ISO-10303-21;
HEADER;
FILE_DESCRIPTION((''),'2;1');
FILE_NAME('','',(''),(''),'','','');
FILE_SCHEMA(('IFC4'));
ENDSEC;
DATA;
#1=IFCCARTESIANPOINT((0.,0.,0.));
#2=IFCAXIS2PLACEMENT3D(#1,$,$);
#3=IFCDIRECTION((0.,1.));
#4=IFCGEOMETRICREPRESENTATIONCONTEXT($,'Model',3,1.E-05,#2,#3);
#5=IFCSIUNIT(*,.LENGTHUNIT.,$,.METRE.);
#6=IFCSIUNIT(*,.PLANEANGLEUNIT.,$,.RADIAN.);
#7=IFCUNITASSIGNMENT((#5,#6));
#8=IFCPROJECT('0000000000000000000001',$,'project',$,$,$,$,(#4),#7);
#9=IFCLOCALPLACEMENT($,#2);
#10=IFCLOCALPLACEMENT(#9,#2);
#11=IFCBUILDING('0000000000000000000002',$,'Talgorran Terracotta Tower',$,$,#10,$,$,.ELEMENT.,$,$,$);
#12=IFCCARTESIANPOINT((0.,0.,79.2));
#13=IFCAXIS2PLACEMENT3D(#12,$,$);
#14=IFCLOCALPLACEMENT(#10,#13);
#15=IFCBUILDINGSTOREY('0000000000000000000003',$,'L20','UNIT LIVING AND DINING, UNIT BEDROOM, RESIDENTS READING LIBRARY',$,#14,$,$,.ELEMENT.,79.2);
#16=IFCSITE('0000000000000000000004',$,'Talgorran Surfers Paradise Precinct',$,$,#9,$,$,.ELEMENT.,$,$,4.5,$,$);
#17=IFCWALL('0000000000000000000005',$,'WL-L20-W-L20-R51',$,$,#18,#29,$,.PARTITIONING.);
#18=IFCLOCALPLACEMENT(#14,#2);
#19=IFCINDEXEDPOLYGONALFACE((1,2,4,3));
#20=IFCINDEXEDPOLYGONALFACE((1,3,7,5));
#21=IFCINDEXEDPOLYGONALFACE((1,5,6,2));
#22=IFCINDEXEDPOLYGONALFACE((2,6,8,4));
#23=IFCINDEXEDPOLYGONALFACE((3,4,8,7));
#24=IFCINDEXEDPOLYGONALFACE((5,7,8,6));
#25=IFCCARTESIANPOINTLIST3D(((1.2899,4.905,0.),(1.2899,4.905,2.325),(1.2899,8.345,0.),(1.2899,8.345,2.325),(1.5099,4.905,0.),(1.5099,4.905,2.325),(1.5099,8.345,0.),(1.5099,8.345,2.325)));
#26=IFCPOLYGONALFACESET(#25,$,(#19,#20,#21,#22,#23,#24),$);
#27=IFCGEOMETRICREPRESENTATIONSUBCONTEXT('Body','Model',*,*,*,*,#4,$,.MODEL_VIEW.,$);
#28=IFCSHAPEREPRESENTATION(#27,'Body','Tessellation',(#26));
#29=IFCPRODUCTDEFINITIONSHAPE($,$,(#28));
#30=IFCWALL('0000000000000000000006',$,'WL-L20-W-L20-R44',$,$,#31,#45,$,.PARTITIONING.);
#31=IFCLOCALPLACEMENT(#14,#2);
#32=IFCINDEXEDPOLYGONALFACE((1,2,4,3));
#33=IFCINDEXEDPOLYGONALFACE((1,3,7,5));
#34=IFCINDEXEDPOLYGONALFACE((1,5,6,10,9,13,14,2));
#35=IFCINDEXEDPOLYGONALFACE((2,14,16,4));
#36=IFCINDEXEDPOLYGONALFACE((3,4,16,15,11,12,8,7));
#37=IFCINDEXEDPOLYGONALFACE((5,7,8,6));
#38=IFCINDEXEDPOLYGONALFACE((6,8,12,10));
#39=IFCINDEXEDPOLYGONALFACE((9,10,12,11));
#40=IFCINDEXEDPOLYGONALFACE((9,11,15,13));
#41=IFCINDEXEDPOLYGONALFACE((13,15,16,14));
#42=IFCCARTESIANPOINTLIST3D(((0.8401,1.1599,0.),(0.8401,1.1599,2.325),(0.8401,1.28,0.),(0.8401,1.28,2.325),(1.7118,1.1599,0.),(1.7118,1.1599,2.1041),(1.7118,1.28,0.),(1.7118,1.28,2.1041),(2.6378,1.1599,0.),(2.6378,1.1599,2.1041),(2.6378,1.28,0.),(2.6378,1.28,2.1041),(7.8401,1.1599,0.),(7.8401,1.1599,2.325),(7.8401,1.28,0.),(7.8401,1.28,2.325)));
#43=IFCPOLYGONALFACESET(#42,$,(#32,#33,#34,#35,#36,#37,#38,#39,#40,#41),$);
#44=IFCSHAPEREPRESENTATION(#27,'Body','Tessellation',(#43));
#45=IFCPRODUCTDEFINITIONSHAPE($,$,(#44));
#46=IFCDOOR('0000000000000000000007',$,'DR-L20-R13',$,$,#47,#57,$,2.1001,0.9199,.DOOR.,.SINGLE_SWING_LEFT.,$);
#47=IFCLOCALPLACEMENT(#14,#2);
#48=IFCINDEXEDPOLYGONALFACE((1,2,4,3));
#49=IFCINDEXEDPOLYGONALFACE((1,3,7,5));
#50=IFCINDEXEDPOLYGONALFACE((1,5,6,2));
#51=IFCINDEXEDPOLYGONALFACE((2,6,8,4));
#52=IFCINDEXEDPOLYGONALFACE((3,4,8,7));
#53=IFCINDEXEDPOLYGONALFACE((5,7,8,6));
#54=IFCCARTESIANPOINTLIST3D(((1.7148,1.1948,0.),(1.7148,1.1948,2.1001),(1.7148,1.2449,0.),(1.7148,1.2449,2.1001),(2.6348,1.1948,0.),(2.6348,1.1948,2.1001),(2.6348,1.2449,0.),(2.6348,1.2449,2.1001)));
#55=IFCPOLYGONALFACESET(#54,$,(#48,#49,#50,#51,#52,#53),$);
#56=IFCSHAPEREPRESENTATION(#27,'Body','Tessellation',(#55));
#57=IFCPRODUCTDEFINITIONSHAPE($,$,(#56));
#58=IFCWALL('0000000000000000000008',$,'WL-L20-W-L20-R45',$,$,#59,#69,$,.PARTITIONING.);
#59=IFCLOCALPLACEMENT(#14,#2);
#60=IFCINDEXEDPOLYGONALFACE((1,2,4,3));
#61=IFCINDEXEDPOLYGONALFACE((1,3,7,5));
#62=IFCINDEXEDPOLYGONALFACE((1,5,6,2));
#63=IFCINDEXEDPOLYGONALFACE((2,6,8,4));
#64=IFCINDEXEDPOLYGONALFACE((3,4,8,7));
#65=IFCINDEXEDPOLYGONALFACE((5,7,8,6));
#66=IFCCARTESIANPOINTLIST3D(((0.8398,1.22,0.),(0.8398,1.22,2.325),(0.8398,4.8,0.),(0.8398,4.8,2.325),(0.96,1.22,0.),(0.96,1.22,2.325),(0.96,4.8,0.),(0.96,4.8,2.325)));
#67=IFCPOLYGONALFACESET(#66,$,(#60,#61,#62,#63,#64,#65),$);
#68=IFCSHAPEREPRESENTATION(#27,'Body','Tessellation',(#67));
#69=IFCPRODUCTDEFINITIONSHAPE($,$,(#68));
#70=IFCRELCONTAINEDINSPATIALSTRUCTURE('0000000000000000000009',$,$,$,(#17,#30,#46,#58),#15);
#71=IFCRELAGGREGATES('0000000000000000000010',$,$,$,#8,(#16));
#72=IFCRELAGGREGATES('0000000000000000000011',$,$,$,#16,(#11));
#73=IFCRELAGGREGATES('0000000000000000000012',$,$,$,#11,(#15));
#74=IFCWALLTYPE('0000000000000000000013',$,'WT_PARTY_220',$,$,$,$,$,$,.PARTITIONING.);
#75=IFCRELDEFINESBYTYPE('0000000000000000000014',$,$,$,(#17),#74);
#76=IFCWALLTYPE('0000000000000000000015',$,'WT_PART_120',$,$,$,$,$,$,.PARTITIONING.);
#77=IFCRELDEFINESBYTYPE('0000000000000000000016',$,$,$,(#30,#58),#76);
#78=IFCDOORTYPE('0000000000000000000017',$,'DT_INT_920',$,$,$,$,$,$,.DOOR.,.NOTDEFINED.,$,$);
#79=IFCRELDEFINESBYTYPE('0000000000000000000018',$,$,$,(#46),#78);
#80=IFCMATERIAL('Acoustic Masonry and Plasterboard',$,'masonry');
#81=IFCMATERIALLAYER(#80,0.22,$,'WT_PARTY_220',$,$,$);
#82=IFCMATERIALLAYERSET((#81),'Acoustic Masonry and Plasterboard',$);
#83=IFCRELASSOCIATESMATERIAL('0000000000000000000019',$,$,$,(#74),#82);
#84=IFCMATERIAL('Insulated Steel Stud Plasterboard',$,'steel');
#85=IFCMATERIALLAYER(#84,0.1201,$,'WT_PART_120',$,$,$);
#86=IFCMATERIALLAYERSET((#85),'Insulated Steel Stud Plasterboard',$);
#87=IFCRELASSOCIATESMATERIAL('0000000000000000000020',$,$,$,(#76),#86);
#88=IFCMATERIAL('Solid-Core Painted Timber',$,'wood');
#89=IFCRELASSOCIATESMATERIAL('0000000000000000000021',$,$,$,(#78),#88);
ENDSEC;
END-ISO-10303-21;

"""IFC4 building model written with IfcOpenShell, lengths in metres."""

from ifc_helpers import new_model, si_unit, direction, frame, frame_2d, origin, place, context, subcontext, project, spatial, rectangle, extrude, material, layer, layer_set, type_object, element, fill, save


model = new_model("IFC4")

# Units and contexts
model_context = context("Model", 3, precision=1e-05, world=origin(), true_north=direction((0.0, 1.0)))
body_context = subcontext(model_context, "Body", "Model", "MODEL_VIEW")
ifc_project = project(units=[si_unit("LENGTHUNIT", "METRE"), si_unit("PLANEANGLEUNIT", "RADIAN")], contexts=[model_context])

# Site, building, storey
site_placement = place(None, origin())
site = spatial("IfcSite", under=ifc_project, at=site_placement, Name="Talgorran Surfers Paradise Precinct", CompositionType="ELEMENT", RefElevation=4.5)
building_placement = place(site_placement, origin())
building = spatial("IfcBuilding", under=site, at=building_placement, Name="Talgorran Terracotta Tower", CompositionType="ELEMENT")
storey_placement = place(building_placement, frame((0.0, 0.0, 79.2)))
storey = spatial("IfcBuildingStorey", under=building, at=storey_placement, Name="L20", Description="UNIT LIVING AND DINING, UNIT BEDROOM, RESIDENTS READING LIBRARY", CompositionType="ELEMENT", Elevation=79.2)

# Wall
ifc_material_1 = material(Name="Acoustic Masonry and Plasterboard", Category="masonry")
ifc_layer_1 = layer(ifc_material_1, 0.22, Name="WT_PARTY_220")
ifc_layer_set_1 = layer_set([ifc_layer_1], Name="Acoustic Masonry and Plasterboard")
wall_type_1 = type_object("IfcWallType", Name="WT_PARTY_220", PredefinedType="PARTITIONING", material=ifc_layer_set_1)
wall_1_placement = place(storey_placement, frame((1.3999, 4.905, 0.0), z_axis=(0.0, 0.0, 1.0), x_axis=(0.0, 1.0, 0.0)))
element("IfcWall", 1, at=wall_1_placement, inside=storey, type_object=wall_type_1, Name="WL-L20-W-L20-R51", PredefinedType="PARTITIONING", context=body_context, shape_type="SweptSolid", body=[
    extrude(rectangle(XDim=3.4399, YDim=0.22, at=frame_2d((1.72, 0.0))), origin(), (0.0, 0.0, 1.0), 2.325),
])

# Wall, opening, door
ifc_material_2 = material(Name="Insulated Steel Stud Plasterboard", Category="steel")
ifc_layer_2 = layer(ifc_material_2, 0.1201, Name="WT_PART_120")
ifc_layer_set_2 = layer_set([ifc_layer_2], Name="Insulated Steel Stud Plasterboard")
wall_type_2 = type_object("IfcWallType", Name="WT_PART_120", PredefinedType="PARTITIONING", material=ifc_layer_set_2)
wall_2_placement = place(storey_placement, frame((0.8401, 1.22, 0.0), z_axis=(0.0, 0.0, 1.0), x_axis=(1.0, 0.0, 0.0)))
wall_2 = element("IfcWall", 2, at=wall_2_placement, inside=storey, type_object=wall_type_2, Name="WL-L20-W-L20-R44", PredefinedType="PARTITIONING", context=body_context, shape_type="SweptSolid", body=[
    extrude(rectangle(XDim=7.0, YDim=0.1201, at=frame_2d((3.5, 0.0))), origin(), (0.0, 0.0, 1.0), 2.325),
])
opening_1_placement = place(wall_2_placement, frame((0.8748, 0.0, 0.0)))
opening_1 = element("IfcOpeningElement", 3, at=opening_1_placement, cuts=wall_2, PredefinedType="OPENING", context=body_context, shape_type="SweptSolid", body=[
    extrude(rectangle(XDim=0.9259, YDim=2.1041, at=frame_2d((0.46, 1.052))), frame((0.0, 0.0701, 0.0), z_axis=(0.0, -1.0, 0.0), x_axis=(1.0, 0.0, 0.0)), (0.0, 0.0, 1.0), 0.1401),
])
ifc_material_3 = material(Name="Solid-Core Painted Timber", Category="wood")
door_type_1 = type_object("IfcDoorType", Name="DT_INT_920", OperationType="NOTDEFINED", PredefinedType="DOOR", material=ifc_material_3)
door_1_placement = place(opening_1_placement, origin())
door_1 = element("IfcDoor", 4, at=door_1_placement, inside=storey, type_object=door_type_1, Name="DR-L20-R13", OperationType="SINGLE_SWING_LEFT", OverallHeight=2.1001, OverallWidth=0.9199, PredefinedType="DOOR", context=body_context, shape_type="SweptSolid", body=[
    extrude(rectangle(XDim=0.9199, YDim=2.1001, at=frame_2d((0.46, 1.05))), frame((0.0, 0.0249, 0.0), z_axis=(0.0, -1.0, 0.0), x_axis=(1.0, 0.0, 0.0)), (0.0, 0.0, 1.0), 0.05),
])
fill(opening_1, door_1)

# Wall
wall_3_placement = place(storey_placement, frame((0.8999, 1.22, 0.0), z_axis=(0.0, 0.0, 1.0), x_axis=(0.0, 1.0, 0.0)))
element("IfcWall", 5, at=wall_3_placement, inside=storey, type_object=wall_type_2, Name="WL-L20-W-L20-R45", PredefinedType="PARTITIONING", context=body_context, shape_type="SweptSolid", body=[
    extrude(rectangle(XDim=3.5801, YDim=0.1201, at=frame_2d((1.79, 0.0))), origin(), (0.0, 0.0, 1.0), 2.325),
])

save(model, "model.ifc")
